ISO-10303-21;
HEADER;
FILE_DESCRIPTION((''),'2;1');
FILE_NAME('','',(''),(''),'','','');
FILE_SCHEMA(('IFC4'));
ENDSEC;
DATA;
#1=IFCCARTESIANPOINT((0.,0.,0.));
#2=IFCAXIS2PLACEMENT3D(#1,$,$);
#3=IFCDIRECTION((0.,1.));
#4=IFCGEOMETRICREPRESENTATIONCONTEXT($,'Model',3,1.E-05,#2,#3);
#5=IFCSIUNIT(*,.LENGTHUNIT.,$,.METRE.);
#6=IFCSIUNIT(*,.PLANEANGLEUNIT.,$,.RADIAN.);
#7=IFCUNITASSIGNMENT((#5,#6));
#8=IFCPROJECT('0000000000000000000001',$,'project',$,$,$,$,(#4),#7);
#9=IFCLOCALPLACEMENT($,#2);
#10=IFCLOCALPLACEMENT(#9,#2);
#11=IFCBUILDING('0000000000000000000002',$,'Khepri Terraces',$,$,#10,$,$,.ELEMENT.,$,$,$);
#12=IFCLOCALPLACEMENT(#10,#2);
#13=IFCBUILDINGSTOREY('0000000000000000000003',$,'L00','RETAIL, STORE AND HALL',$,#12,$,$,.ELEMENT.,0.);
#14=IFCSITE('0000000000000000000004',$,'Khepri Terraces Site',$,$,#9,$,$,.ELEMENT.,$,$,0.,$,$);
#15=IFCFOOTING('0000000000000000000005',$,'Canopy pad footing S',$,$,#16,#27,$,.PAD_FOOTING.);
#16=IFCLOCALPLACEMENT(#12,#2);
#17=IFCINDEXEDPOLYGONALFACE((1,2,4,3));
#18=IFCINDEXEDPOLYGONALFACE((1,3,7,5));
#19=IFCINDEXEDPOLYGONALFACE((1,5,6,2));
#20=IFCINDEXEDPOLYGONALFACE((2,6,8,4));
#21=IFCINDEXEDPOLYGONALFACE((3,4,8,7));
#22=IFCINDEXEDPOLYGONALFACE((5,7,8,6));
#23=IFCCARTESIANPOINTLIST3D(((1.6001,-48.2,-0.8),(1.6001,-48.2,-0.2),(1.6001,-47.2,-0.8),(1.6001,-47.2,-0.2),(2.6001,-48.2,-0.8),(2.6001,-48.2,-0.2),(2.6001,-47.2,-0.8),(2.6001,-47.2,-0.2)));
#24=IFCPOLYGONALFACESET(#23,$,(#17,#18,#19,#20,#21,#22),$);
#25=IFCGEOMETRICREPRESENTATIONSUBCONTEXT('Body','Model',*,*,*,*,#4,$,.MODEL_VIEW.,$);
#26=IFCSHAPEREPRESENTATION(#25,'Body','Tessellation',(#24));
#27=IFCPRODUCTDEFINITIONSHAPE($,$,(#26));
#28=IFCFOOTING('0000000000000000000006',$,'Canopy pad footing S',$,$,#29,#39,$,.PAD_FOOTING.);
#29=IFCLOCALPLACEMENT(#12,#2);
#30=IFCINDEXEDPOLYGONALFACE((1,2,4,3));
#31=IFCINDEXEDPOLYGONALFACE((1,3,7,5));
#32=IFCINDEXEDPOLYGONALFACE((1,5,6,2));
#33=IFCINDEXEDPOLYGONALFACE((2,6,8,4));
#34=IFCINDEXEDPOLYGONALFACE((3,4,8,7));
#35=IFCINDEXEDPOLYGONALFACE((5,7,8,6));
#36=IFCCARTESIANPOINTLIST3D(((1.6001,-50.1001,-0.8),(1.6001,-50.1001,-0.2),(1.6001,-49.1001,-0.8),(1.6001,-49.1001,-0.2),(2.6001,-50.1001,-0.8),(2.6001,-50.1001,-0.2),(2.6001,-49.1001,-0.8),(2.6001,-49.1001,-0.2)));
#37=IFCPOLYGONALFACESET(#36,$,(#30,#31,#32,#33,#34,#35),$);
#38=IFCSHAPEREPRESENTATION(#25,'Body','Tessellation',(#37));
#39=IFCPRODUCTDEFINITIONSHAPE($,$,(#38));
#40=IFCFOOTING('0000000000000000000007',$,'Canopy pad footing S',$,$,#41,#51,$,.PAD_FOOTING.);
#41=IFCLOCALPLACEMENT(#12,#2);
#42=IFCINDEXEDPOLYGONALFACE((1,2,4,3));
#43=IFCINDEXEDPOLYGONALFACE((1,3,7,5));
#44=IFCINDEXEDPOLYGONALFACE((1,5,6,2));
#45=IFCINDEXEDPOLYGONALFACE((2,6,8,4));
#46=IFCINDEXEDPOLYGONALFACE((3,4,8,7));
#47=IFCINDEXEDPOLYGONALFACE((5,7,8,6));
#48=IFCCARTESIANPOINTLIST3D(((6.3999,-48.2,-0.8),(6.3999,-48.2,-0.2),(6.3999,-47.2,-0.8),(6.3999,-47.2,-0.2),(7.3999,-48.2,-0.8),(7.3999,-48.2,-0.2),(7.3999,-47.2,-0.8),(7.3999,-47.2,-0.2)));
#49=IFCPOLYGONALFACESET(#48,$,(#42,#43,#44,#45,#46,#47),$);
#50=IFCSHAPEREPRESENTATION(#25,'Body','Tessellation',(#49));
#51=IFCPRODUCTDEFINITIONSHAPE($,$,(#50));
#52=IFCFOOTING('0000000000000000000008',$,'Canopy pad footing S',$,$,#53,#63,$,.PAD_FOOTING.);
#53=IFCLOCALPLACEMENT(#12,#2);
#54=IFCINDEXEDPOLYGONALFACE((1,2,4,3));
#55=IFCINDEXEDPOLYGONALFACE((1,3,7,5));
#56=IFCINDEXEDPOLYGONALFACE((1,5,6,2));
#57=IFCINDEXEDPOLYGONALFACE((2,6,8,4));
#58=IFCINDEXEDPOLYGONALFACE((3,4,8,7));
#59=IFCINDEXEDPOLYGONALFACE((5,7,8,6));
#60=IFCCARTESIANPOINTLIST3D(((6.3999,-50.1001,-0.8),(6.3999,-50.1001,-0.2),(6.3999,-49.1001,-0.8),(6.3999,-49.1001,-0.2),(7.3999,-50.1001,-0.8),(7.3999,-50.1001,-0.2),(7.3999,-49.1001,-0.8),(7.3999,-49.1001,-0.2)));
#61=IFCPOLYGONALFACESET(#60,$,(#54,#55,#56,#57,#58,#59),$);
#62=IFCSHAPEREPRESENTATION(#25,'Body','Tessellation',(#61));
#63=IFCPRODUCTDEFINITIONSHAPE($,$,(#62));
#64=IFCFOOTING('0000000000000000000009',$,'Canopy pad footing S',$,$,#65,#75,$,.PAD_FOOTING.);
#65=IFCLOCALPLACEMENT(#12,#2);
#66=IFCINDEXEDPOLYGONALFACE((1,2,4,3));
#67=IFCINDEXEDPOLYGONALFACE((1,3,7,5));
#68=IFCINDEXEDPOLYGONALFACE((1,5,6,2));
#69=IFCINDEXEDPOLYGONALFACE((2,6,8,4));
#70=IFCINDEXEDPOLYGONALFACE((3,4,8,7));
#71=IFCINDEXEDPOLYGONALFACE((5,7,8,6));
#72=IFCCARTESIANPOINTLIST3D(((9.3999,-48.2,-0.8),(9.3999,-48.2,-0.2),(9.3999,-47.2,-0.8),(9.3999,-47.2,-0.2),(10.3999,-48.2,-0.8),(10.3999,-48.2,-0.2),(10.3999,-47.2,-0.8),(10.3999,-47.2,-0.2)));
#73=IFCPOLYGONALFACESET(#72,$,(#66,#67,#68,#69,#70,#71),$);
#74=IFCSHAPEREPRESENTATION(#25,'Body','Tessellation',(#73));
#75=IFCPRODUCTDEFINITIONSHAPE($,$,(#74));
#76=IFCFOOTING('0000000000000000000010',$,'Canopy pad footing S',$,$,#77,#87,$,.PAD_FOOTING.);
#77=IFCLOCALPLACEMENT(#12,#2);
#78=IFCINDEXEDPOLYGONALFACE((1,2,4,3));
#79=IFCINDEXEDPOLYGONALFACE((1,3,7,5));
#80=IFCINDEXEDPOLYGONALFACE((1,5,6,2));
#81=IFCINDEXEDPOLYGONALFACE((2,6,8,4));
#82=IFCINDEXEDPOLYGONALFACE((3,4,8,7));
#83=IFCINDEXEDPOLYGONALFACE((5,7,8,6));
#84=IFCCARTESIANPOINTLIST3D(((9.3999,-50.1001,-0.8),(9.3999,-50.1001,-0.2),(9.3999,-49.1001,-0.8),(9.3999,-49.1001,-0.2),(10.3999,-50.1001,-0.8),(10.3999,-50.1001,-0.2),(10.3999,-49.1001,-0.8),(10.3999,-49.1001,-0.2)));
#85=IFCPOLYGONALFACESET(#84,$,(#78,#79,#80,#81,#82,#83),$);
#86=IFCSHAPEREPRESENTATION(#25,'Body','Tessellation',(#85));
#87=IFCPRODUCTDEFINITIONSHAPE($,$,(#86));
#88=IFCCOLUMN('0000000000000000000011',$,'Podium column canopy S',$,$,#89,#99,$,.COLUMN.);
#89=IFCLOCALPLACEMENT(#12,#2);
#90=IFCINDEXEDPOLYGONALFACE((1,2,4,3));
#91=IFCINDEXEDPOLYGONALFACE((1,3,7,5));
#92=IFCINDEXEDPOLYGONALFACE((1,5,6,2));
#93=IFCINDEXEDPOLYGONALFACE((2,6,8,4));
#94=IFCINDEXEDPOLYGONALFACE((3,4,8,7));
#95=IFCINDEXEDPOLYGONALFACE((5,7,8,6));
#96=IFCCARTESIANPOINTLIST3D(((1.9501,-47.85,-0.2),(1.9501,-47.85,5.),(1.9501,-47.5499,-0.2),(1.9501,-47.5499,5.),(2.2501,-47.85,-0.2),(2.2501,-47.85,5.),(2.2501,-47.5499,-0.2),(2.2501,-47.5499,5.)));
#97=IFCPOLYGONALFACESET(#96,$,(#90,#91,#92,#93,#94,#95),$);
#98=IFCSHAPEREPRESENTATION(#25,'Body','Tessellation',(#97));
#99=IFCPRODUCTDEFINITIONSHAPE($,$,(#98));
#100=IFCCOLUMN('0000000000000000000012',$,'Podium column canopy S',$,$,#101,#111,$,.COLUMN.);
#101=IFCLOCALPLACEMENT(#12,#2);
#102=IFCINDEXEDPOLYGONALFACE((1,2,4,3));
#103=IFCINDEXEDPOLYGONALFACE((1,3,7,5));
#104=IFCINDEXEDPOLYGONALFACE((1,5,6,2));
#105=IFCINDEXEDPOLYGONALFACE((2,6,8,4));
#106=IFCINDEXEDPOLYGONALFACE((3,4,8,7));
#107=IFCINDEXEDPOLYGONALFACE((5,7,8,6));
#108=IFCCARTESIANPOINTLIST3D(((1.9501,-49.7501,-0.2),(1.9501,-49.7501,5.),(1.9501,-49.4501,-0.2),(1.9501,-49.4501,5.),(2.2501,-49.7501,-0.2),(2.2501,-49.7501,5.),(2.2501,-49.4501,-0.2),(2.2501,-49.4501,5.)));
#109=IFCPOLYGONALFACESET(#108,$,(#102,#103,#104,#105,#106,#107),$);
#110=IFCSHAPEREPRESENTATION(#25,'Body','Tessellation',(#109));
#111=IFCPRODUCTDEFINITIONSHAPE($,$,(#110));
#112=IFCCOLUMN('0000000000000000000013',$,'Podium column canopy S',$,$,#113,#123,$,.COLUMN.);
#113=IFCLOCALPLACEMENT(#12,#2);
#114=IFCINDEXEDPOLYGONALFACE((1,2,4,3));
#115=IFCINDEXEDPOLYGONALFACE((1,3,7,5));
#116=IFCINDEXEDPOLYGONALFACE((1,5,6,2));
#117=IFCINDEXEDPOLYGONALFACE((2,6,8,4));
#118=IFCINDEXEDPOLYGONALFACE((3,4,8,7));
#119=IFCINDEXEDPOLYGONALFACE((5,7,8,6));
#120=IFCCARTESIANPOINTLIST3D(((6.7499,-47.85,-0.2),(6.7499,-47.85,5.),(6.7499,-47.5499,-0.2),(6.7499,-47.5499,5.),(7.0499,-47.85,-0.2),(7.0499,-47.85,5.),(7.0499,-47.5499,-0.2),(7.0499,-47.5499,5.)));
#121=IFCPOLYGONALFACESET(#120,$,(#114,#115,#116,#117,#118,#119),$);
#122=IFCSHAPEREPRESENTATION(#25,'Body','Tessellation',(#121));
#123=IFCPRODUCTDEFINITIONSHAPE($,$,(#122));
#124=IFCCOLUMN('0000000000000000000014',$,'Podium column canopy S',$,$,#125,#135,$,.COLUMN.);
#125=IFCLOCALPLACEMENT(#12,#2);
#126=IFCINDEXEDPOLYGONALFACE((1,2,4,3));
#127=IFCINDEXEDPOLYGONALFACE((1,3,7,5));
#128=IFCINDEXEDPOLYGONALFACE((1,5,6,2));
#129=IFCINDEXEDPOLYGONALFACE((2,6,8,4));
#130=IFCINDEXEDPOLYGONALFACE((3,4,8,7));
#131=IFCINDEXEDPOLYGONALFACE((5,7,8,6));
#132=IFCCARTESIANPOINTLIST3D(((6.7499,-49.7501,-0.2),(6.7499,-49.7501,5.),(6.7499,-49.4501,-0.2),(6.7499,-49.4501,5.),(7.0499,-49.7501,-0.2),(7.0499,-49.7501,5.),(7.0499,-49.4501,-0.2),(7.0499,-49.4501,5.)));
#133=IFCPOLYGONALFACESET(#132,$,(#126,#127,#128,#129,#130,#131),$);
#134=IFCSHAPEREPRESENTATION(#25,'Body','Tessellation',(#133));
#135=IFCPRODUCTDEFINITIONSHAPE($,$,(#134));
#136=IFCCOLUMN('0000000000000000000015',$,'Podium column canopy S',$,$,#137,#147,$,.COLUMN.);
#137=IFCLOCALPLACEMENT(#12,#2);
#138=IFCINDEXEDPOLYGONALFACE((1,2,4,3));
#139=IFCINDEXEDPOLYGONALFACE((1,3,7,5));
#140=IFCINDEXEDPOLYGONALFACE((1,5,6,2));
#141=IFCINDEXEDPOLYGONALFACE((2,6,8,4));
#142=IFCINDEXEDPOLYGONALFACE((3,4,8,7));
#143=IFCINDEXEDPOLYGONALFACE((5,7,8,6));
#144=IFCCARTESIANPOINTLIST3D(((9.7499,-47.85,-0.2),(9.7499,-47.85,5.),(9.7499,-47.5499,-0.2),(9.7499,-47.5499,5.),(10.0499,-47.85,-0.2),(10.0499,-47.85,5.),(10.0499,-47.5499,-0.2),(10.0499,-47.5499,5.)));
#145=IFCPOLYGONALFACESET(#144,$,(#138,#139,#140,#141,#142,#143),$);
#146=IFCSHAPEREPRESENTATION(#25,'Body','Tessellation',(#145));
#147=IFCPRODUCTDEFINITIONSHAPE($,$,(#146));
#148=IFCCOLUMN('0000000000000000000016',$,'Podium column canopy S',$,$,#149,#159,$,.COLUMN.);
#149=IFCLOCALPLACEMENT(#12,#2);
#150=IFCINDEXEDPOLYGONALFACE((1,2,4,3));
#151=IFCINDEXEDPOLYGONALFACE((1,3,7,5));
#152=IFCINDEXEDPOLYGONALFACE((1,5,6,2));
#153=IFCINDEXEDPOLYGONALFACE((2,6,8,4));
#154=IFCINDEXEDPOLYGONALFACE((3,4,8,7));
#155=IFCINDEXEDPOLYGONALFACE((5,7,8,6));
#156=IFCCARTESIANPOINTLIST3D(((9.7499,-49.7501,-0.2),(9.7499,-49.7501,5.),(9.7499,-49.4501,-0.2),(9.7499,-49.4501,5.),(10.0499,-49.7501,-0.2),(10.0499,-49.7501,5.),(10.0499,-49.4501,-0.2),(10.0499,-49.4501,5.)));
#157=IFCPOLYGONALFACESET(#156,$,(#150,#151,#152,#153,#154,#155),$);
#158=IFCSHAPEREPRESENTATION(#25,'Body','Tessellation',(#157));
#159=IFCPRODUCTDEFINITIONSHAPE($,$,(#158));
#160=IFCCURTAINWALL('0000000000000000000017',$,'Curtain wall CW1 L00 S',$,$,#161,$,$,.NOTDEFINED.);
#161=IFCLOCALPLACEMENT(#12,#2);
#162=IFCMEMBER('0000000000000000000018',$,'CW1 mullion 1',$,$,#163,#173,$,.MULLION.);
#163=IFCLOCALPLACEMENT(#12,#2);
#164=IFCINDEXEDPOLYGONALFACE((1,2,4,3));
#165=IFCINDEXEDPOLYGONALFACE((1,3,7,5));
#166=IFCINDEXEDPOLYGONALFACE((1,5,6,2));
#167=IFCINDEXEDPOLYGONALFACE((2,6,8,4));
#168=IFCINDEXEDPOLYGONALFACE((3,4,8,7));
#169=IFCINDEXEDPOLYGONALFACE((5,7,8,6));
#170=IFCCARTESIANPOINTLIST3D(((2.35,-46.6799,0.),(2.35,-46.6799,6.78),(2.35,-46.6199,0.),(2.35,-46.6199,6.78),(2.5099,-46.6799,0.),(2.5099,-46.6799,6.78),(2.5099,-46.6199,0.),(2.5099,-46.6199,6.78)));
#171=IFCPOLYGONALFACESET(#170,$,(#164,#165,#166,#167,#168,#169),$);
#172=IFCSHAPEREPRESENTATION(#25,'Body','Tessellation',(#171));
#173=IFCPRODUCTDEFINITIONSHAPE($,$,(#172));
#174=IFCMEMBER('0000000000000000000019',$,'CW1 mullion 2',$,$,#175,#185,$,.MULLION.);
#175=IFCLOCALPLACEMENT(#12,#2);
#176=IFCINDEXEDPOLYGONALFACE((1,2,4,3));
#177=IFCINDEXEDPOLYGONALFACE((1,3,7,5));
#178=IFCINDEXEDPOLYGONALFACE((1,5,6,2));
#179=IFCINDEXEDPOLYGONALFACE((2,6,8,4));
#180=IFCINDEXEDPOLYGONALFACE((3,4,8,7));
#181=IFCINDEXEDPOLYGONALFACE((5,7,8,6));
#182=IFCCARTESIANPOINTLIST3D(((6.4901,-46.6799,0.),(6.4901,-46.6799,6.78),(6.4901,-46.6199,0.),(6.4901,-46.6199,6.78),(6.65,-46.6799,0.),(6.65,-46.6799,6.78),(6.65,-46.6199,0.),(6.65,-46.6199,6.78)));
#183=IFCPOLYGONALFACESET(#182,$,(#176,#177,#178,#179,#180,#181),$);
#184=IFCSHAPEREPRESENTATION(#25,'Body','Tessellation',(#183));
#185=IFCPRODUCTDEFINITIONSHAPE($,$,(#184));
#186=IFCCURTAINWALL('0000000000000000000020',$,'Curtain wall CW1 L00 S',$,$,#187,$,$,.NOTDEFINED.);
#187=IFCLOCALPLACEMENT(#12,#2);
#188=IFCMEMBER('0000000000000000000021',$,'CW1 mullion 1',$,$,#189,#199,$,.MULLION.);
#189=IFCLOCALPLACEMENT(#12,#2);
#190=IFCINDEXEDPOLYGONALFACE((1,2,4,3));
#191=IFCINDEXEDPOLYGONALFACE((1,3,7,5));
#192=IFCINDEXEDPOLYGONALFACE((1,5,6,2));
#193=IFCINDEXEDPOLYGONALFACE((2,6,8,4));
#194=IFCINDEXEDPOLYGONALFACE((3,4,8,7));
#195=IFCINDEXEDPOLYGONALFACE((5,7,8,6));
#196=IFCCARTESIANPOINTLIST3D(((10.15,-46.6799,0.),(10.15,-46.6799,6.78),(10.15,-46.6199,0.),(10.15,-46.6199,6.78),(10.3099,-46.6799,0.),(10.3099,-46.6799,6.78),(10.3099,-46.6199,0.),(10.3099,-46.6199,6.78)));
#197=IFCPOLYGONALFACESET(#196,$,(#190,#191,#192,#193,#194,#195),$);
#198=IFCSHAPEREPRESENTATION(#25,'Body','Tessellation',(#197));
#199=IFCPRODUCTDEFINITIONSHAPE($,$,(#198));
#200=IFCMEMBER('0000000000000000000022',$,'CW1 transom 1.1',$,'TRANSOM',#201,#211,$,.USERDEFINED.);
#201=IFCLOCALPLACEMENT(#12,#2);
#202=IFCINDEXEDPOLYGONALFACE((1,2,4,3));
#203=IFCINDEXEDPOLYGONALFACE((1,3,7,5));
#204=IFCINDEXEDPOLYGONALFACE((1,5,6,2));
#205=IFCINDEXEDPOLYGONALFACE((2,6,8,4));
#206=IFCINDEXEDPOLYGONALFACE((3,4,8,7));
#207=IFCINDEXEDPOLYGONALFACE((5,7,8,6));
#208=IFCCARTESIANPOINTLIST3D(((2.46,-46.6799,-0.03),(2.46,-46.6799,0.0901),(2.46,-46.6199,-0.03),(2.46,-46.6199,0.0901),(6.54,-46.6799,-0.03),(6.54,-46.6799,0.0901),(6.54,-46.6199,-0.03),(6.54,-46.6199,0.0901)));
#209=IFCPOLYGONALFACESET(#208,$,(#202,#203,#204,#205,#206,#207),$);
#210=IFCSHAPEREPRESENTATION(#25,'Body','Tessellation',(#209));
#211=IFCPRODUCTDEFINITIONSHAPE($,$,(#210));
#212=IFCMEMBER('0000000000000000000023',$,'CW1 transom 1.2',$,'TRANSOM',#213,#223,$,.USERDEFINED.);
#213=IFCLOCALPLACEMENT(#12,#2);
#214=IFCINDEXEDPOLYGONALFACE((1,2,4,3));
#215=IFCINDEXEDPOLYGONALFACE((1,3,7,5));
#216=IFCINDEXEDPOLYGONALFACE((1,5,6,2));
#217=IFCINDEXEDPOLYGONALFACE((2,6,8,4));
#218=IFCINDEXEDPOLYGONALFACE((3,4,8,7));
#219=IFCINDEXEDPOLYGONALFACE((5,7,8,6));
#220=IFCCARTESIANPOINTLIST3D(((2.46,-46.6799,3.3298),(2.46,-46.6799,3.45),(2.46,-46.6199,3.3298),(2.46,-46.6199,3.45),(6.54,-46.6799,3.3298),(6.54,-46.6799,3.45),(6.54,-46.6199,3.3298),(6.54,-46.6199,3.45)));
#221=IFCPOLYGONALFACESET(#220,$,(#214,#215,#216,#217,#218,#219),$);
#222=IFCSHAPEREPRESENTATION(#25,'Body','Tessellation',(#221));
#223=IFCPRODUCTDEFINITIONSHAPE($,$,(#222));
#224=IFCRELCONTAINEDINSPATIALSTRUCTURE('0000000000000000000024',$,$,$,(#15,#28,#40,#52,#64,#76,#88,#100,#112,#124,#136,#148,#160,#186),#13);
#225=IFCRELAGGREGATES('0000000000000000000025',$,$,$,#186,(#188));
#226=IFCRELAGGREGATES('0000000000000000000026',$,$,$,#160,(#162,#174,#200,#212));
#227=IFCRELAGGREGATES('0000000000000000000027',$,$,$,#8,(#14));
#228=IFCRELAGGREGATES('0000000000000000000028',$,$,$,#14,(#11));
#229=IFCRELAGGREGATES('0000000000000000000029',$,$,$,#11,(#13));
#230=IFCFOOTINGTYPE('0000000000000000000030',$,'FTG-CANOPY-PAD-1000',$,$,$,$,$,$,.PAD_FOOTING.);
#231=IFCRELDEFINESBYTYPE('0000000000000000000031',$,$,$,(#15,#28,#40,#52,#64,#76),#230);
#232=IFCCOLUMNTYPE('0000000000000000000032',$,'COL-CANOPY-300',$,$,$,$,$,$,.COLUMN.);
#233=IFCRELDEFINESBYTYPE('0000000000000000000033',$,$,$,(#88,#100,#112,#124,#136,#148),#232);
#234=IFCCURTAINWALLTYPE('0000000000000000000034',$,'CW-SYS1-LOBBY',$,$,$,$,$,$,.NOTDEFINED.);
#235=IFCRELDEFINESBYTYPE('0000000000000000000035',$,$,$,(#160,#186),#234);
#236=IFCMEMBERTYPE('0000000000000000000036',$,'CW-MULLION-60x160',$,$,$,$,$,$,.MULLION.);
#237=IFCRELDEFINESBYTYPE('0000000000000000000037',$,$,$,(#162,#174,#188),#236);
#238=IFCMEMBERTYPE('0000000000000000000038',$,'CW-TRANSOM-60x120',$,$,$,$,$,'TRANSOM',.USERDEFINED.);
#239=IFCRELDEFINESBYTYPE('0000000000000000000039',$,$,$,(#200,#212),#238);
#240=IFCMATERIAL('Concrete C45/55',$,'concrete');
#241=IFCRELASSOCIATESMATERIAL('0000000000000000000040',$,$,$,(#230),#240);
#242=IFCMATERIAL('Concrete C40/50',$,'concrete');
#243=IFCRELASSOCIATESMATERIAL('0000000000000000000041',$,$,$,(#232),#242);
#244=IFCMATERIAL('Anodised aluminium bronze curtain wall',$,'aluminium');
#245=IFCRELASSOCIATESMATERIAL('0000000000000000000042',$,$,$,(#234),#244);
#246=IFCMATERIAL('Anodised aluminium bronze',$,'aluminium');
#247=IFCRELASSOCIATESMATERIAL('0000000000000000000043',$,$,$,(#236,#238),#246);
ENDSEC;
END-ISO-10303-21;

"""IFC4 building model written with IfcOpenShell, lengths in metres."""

from ifc_helpers import new_model, si_unit, direction, frame, origin, origin_2d, place, context, subcontext, project, spatial, rectangle, extrude, material, material_profile, profile_set, type_object, element, aggregate, save


model = new_model("IFC4")

# Units and contexts
model_context = context("Model", 3, precision=1e-05, world=origin(), true_north=direction((0.0, 1.0)))
body_context = subcontext(model_context, "Body", "Model", "MODEL_VIEW")
ifc_project = project(units=[si_unit("LENGTHUNIT", "METRE"), si_unit("PLANEANGLEUNIT", "RADIAN")], contexts=[model_context])

# Site, building, storey
site_placement = place(None, origin())
site = spatial("IfcSite", under=ifc_project, at=site_placement, Name="Khepri Terraces Site", CompositionType="ELEMENT", RefElevation=0.0)
building_placement = place(site_placement, origin())
building = spatial("IfcBuilding", under=site, at=building_placement, Name="Khepri Terraces", CompositionType="ELEMENT")
storey_placement = place(building_placement, origin())
storey = spatial("IfcBuildingStorey", under=building, at=storey_placement, Name="L00", Description="RETAIL, STORE AND HALL", CompositionType="ELEMENT", Elevation=0.0)

# Footings
ifc_material_1 = material(Name="Concrete C45/55", Category="concrete")
footing_type = type_object("IfcFootingType", Name="FTG-CANOPY-PAD-1000", PredefinedType="PAD_FOOTING", material=ifc_material_1)
for number, where, z_axis, x_axis, name in (
    (1, (2.1001, -47.7, -0.8), (0.0, 0.0, 1.0), (1.0, 0.0, 0.0), "Canopy pad footing S"),
    (2, (2.1001, -49.6001, -0.8), (0.0, 0.0, 1.0), (1.0, 0.0, 0.0), "Canopy pad footing S"),
    (3, (6.8999, -47.7, -0.8), (0.0, 0.0, 1.0), (1.0, 0.0, 0.0), "Canopy pad footing S"),
    (4, (6.8999, -49.6001, -0.8), (0.0, 0.0, 1.0), (1.0, 0.0, 0.0), "Canopy pad footing S"),
    (5, (9.8999, -47.7, -0.8), (0.0, 0.0, 1.0), (1.0, 0.0, 0.0), "Canopy pad footing S"),
    (6, (9.8999, -49.6001, -0.8), (0.0, 0.0, 1.0), (1.0, 0.0, 0.0), "Canopy pad footing S"),
):
    element("IfcFooting", number, at=place(storey_placement, frame(where, z_axis=z_axis, x_axis=x_axis)), inside=storey, type_object=footing_type, Name=name, PredefinedType="PAD_FOOTING", context=body_context, shape_type="SweptSolid", body=[
        extrude(rectangle(XDim=1.0, YDim=1.0, at=origin_2d()), origin(), (0.0, 0.0, 1.0), 0.6001),
    ])

# Columns
ifc_material_2 = material(Name="Concrete C40/50", Category="concrete")
ifc_material_profile_1 = material_profile(ifc_material_2, rectangle(XDim=0.3, YDim=0.3, at=origin_2d()), Name="Concrete C40/50", Category="concrete")
ifc_profile_set_1 = profile_set([ifc_material_profile_1], Name="Concrete C40/50")
column_type = type_object("IfcColumnType", Name="COL-CANOPY-300", PredefinedType="COLUMN", material=ifc_profile_set_1)
for number, where, z_axis, x_axis, name in (
    (7, (2.1001, -47.7, -0.2), (0.0, 0.0, 1.0), (1.0, 0.0, 0.0), "Podium column canopy S"),
    (8, (2.1001, -49.6001, -0.2), (0.0, 0.0, 1.0), (1.0, 0.0, 0.0), "Podium column canopy S"),
    (9, (6.8999, -47.7, -0.2), (0.0, 0.0, 1.0), (1.0, 0.0, 0.0), "Podium column canopy S"),
    (10, (6.8999, -49.6001, -0.2), (0.0, 0.0, 1.0), (1.0, 0.0, 0.0), "Podium column canopy S"),
    (11, (9.8999, -47.7, -0.2), (0.0, 0.0, 1.0), (1.0, 0.0, 0.0), "Podium column canopy S"),
    (12, (9.8999, -49.6001, -0.2), (0.0, 0.0, 1.0), (1.0, 0.0, 0.0), "Podium column canopy S"),
):
    element("IfcColumn", number, at=place(storey_placement, frame(where, z_axis=z_axis, x_axis=x_axis)), inside=storey, type_object=column_type, Name=name, PredefinedType="COLUMN", context=body_context, shape_type="SweptSolid", body=[
        extrude(rectangle(XDim=0.3, YDim=0.3, at=origin_2d()), origin(), (0.0, 0.0, 1.0), 5.2),
    ])

# Curtain wall, members
ifc_material_3 = material(Name="Anodised aluminium bronze curtain wall", Category="aluminium")
curtain_wall_type = type_object("IfcCurtainWallType", Name="CW-SYS1-LOBBY", PredefinedType="NOTDEFINED", material=ifc_material_3)
curtain_wall_1_placement = place(storey_placement, origin())
curtain_wall_1 = element("IfcCurtainWall", 13, at=curtain_wall_1_placement, inside=storey, type_object=curtain_wall_type, Name="Curtain wall CW1 L00 S", PredefinedType="NOTDEFINED")
ifc_material_4 = material(Name="Anodised aluminium bronze", Category="aluminium")
ifc_material_profile_2 = material_profile(ifc_material_4, rectangle(XDim=0.0601, YDim=0.1599, at=origin_2d()), Name="Anodised aluminium bronze", Category="aluminium")
ifc_profile_set_2 = profile_set([ifc_material_profile_2], Name="Anodised aluminium bronze")
member_type_1 = type_object("IfcMemberType", Name="CW-MULLION-60x160", PredefinedType="MULLION", material=ifc_profile_set_2)
member_1_placement = place(storey_placement, frame((2.4299, -46.6499, 0.0), z_axis=(0.0, 0.0, 1.0), x_axis=(0.0, 1.0, 0.0)))
member_1 = element("IfcMember", 14, at=member_1_placement, type_object=member_type_1, Name="CW1 mullion 1", PredefinedType="MULLION", context=body_context, shape_type="SweptSolid", body=[
    extrude(rectangle(XDim=0.0601, YDim=0.1599, at=origin_2d()), origin(), (0.0, 0.0, 1.0), 6.78),
])
member_2_placement = place(storey_placement, frame((6.5701, -46.6499, 0.0), z_axis=(0.0, 0.0, 1.0), x_axis=(0.0, 1.0, 0.0)))
member_2 = element("IfcMember", 15, at=member_2_placement, type_object=member_type_1, Name="CW1 mullion 2", PredefinedType="MULLION", context=body_context, shape_type="SweptSolid", body=[
    extrude(rectangle(XDim=0.0601, YDim=0.1599, at=origin_2d()), origin(), (0.0, 0.0, 1.0), 6.78),
])

# Curtain wall, member
curtain_wall_2_placement = place(storey_placement, origin())
curtain_wall_2 = element("IfcCurtainWall", 16, at=curtain_wall_2_placement, inside=storey, type_object=curtain_wall_type, Name="Curtain wall CW1 L00 S", PredefinedType="NOTDEFINED")
member_3_placement = place(storey_placement, frame((10.23, -46.6499, 0.0), z_axis=(0.0, 0.0, 1.0), x_axis=(0.0, 1.0, 0.0)))
member_3 = element("IfcMember", 17, at=member_3_placement, type_object=member_type_1, Name="CW1 mullion 1", PredefinedType="MULLION", context=body_context, shape_type="SweptSolid", body=[
    extrude(rectangle(XDim=0.0601, YDim=0.1599, at=origin_2d()), origin(), (0.0, 0.0, 1.0), 6.78),
])

# Members
ifc_material_profile_3 = material_profile(ifc_material_4, rectangle(XDim=0.0601, YDim=0.1201, at=origin_2d()), Name="Anodised aluminium bronze", Category="aluminium")
ifc_profile_set_3 = profile_set([ifc_material_profile_3], Name="Anodised aluminium bronze")
member_type_2 = type_object("IfcMemberType", Name="CW-TRANSOM-60x120", ElementType="TRANSOM", PredefinedType="USERDEFINED", material=ifc_profile_set_3)
member_4_placement = place(storey_placement, frame((2.46, -46.6499, 0.03), z_axis=(1.0, 0.0, 0.0), x_axis=(0.0, 1.0, 0.0)))
member_4 = element("IfcMember", 18, at=member_4_placement, type_object=member_type_2, Name="CW1 transom 1.1", ObjectType="TRANSOM", PredefinedType="USERDEFINED", context=body_context, shape_type="SweptSolid", body=[
    extrude(rectangle(XDim=0.0601, YDim=0.1201, at=origin_2d()), origin(), (0.0, 0.0, 1.0), 4.0801),
])
member_5_placement = place(storey_placement, frame((2.46, -46.6499, 3.3899), z_axis=(1.0, 0.0, 0.0), x_axis=(0.0, 1.0, 0.0)))
member_5 = element("IfcMember", 19, at=member_5_placement, type_object=member_type_2, Name="CW1 transom 1.2", ObjectType="TRANSOM", PredefinedType="USERDEFINED", context=body_context, shape_type="SweptSolid", body=[
    extrude(rectangle(XDim=0.0601, YDim=0.1201, at=origin_2d()), origin(), (0.0, 0.0, 1.0), 4.0801),
])
aggregate(curtain_wall_2, [member_3])

aggregate(curtain_wall_1, [member_1, member_2, member_4, member_5])

save(model, "model.ifc")
